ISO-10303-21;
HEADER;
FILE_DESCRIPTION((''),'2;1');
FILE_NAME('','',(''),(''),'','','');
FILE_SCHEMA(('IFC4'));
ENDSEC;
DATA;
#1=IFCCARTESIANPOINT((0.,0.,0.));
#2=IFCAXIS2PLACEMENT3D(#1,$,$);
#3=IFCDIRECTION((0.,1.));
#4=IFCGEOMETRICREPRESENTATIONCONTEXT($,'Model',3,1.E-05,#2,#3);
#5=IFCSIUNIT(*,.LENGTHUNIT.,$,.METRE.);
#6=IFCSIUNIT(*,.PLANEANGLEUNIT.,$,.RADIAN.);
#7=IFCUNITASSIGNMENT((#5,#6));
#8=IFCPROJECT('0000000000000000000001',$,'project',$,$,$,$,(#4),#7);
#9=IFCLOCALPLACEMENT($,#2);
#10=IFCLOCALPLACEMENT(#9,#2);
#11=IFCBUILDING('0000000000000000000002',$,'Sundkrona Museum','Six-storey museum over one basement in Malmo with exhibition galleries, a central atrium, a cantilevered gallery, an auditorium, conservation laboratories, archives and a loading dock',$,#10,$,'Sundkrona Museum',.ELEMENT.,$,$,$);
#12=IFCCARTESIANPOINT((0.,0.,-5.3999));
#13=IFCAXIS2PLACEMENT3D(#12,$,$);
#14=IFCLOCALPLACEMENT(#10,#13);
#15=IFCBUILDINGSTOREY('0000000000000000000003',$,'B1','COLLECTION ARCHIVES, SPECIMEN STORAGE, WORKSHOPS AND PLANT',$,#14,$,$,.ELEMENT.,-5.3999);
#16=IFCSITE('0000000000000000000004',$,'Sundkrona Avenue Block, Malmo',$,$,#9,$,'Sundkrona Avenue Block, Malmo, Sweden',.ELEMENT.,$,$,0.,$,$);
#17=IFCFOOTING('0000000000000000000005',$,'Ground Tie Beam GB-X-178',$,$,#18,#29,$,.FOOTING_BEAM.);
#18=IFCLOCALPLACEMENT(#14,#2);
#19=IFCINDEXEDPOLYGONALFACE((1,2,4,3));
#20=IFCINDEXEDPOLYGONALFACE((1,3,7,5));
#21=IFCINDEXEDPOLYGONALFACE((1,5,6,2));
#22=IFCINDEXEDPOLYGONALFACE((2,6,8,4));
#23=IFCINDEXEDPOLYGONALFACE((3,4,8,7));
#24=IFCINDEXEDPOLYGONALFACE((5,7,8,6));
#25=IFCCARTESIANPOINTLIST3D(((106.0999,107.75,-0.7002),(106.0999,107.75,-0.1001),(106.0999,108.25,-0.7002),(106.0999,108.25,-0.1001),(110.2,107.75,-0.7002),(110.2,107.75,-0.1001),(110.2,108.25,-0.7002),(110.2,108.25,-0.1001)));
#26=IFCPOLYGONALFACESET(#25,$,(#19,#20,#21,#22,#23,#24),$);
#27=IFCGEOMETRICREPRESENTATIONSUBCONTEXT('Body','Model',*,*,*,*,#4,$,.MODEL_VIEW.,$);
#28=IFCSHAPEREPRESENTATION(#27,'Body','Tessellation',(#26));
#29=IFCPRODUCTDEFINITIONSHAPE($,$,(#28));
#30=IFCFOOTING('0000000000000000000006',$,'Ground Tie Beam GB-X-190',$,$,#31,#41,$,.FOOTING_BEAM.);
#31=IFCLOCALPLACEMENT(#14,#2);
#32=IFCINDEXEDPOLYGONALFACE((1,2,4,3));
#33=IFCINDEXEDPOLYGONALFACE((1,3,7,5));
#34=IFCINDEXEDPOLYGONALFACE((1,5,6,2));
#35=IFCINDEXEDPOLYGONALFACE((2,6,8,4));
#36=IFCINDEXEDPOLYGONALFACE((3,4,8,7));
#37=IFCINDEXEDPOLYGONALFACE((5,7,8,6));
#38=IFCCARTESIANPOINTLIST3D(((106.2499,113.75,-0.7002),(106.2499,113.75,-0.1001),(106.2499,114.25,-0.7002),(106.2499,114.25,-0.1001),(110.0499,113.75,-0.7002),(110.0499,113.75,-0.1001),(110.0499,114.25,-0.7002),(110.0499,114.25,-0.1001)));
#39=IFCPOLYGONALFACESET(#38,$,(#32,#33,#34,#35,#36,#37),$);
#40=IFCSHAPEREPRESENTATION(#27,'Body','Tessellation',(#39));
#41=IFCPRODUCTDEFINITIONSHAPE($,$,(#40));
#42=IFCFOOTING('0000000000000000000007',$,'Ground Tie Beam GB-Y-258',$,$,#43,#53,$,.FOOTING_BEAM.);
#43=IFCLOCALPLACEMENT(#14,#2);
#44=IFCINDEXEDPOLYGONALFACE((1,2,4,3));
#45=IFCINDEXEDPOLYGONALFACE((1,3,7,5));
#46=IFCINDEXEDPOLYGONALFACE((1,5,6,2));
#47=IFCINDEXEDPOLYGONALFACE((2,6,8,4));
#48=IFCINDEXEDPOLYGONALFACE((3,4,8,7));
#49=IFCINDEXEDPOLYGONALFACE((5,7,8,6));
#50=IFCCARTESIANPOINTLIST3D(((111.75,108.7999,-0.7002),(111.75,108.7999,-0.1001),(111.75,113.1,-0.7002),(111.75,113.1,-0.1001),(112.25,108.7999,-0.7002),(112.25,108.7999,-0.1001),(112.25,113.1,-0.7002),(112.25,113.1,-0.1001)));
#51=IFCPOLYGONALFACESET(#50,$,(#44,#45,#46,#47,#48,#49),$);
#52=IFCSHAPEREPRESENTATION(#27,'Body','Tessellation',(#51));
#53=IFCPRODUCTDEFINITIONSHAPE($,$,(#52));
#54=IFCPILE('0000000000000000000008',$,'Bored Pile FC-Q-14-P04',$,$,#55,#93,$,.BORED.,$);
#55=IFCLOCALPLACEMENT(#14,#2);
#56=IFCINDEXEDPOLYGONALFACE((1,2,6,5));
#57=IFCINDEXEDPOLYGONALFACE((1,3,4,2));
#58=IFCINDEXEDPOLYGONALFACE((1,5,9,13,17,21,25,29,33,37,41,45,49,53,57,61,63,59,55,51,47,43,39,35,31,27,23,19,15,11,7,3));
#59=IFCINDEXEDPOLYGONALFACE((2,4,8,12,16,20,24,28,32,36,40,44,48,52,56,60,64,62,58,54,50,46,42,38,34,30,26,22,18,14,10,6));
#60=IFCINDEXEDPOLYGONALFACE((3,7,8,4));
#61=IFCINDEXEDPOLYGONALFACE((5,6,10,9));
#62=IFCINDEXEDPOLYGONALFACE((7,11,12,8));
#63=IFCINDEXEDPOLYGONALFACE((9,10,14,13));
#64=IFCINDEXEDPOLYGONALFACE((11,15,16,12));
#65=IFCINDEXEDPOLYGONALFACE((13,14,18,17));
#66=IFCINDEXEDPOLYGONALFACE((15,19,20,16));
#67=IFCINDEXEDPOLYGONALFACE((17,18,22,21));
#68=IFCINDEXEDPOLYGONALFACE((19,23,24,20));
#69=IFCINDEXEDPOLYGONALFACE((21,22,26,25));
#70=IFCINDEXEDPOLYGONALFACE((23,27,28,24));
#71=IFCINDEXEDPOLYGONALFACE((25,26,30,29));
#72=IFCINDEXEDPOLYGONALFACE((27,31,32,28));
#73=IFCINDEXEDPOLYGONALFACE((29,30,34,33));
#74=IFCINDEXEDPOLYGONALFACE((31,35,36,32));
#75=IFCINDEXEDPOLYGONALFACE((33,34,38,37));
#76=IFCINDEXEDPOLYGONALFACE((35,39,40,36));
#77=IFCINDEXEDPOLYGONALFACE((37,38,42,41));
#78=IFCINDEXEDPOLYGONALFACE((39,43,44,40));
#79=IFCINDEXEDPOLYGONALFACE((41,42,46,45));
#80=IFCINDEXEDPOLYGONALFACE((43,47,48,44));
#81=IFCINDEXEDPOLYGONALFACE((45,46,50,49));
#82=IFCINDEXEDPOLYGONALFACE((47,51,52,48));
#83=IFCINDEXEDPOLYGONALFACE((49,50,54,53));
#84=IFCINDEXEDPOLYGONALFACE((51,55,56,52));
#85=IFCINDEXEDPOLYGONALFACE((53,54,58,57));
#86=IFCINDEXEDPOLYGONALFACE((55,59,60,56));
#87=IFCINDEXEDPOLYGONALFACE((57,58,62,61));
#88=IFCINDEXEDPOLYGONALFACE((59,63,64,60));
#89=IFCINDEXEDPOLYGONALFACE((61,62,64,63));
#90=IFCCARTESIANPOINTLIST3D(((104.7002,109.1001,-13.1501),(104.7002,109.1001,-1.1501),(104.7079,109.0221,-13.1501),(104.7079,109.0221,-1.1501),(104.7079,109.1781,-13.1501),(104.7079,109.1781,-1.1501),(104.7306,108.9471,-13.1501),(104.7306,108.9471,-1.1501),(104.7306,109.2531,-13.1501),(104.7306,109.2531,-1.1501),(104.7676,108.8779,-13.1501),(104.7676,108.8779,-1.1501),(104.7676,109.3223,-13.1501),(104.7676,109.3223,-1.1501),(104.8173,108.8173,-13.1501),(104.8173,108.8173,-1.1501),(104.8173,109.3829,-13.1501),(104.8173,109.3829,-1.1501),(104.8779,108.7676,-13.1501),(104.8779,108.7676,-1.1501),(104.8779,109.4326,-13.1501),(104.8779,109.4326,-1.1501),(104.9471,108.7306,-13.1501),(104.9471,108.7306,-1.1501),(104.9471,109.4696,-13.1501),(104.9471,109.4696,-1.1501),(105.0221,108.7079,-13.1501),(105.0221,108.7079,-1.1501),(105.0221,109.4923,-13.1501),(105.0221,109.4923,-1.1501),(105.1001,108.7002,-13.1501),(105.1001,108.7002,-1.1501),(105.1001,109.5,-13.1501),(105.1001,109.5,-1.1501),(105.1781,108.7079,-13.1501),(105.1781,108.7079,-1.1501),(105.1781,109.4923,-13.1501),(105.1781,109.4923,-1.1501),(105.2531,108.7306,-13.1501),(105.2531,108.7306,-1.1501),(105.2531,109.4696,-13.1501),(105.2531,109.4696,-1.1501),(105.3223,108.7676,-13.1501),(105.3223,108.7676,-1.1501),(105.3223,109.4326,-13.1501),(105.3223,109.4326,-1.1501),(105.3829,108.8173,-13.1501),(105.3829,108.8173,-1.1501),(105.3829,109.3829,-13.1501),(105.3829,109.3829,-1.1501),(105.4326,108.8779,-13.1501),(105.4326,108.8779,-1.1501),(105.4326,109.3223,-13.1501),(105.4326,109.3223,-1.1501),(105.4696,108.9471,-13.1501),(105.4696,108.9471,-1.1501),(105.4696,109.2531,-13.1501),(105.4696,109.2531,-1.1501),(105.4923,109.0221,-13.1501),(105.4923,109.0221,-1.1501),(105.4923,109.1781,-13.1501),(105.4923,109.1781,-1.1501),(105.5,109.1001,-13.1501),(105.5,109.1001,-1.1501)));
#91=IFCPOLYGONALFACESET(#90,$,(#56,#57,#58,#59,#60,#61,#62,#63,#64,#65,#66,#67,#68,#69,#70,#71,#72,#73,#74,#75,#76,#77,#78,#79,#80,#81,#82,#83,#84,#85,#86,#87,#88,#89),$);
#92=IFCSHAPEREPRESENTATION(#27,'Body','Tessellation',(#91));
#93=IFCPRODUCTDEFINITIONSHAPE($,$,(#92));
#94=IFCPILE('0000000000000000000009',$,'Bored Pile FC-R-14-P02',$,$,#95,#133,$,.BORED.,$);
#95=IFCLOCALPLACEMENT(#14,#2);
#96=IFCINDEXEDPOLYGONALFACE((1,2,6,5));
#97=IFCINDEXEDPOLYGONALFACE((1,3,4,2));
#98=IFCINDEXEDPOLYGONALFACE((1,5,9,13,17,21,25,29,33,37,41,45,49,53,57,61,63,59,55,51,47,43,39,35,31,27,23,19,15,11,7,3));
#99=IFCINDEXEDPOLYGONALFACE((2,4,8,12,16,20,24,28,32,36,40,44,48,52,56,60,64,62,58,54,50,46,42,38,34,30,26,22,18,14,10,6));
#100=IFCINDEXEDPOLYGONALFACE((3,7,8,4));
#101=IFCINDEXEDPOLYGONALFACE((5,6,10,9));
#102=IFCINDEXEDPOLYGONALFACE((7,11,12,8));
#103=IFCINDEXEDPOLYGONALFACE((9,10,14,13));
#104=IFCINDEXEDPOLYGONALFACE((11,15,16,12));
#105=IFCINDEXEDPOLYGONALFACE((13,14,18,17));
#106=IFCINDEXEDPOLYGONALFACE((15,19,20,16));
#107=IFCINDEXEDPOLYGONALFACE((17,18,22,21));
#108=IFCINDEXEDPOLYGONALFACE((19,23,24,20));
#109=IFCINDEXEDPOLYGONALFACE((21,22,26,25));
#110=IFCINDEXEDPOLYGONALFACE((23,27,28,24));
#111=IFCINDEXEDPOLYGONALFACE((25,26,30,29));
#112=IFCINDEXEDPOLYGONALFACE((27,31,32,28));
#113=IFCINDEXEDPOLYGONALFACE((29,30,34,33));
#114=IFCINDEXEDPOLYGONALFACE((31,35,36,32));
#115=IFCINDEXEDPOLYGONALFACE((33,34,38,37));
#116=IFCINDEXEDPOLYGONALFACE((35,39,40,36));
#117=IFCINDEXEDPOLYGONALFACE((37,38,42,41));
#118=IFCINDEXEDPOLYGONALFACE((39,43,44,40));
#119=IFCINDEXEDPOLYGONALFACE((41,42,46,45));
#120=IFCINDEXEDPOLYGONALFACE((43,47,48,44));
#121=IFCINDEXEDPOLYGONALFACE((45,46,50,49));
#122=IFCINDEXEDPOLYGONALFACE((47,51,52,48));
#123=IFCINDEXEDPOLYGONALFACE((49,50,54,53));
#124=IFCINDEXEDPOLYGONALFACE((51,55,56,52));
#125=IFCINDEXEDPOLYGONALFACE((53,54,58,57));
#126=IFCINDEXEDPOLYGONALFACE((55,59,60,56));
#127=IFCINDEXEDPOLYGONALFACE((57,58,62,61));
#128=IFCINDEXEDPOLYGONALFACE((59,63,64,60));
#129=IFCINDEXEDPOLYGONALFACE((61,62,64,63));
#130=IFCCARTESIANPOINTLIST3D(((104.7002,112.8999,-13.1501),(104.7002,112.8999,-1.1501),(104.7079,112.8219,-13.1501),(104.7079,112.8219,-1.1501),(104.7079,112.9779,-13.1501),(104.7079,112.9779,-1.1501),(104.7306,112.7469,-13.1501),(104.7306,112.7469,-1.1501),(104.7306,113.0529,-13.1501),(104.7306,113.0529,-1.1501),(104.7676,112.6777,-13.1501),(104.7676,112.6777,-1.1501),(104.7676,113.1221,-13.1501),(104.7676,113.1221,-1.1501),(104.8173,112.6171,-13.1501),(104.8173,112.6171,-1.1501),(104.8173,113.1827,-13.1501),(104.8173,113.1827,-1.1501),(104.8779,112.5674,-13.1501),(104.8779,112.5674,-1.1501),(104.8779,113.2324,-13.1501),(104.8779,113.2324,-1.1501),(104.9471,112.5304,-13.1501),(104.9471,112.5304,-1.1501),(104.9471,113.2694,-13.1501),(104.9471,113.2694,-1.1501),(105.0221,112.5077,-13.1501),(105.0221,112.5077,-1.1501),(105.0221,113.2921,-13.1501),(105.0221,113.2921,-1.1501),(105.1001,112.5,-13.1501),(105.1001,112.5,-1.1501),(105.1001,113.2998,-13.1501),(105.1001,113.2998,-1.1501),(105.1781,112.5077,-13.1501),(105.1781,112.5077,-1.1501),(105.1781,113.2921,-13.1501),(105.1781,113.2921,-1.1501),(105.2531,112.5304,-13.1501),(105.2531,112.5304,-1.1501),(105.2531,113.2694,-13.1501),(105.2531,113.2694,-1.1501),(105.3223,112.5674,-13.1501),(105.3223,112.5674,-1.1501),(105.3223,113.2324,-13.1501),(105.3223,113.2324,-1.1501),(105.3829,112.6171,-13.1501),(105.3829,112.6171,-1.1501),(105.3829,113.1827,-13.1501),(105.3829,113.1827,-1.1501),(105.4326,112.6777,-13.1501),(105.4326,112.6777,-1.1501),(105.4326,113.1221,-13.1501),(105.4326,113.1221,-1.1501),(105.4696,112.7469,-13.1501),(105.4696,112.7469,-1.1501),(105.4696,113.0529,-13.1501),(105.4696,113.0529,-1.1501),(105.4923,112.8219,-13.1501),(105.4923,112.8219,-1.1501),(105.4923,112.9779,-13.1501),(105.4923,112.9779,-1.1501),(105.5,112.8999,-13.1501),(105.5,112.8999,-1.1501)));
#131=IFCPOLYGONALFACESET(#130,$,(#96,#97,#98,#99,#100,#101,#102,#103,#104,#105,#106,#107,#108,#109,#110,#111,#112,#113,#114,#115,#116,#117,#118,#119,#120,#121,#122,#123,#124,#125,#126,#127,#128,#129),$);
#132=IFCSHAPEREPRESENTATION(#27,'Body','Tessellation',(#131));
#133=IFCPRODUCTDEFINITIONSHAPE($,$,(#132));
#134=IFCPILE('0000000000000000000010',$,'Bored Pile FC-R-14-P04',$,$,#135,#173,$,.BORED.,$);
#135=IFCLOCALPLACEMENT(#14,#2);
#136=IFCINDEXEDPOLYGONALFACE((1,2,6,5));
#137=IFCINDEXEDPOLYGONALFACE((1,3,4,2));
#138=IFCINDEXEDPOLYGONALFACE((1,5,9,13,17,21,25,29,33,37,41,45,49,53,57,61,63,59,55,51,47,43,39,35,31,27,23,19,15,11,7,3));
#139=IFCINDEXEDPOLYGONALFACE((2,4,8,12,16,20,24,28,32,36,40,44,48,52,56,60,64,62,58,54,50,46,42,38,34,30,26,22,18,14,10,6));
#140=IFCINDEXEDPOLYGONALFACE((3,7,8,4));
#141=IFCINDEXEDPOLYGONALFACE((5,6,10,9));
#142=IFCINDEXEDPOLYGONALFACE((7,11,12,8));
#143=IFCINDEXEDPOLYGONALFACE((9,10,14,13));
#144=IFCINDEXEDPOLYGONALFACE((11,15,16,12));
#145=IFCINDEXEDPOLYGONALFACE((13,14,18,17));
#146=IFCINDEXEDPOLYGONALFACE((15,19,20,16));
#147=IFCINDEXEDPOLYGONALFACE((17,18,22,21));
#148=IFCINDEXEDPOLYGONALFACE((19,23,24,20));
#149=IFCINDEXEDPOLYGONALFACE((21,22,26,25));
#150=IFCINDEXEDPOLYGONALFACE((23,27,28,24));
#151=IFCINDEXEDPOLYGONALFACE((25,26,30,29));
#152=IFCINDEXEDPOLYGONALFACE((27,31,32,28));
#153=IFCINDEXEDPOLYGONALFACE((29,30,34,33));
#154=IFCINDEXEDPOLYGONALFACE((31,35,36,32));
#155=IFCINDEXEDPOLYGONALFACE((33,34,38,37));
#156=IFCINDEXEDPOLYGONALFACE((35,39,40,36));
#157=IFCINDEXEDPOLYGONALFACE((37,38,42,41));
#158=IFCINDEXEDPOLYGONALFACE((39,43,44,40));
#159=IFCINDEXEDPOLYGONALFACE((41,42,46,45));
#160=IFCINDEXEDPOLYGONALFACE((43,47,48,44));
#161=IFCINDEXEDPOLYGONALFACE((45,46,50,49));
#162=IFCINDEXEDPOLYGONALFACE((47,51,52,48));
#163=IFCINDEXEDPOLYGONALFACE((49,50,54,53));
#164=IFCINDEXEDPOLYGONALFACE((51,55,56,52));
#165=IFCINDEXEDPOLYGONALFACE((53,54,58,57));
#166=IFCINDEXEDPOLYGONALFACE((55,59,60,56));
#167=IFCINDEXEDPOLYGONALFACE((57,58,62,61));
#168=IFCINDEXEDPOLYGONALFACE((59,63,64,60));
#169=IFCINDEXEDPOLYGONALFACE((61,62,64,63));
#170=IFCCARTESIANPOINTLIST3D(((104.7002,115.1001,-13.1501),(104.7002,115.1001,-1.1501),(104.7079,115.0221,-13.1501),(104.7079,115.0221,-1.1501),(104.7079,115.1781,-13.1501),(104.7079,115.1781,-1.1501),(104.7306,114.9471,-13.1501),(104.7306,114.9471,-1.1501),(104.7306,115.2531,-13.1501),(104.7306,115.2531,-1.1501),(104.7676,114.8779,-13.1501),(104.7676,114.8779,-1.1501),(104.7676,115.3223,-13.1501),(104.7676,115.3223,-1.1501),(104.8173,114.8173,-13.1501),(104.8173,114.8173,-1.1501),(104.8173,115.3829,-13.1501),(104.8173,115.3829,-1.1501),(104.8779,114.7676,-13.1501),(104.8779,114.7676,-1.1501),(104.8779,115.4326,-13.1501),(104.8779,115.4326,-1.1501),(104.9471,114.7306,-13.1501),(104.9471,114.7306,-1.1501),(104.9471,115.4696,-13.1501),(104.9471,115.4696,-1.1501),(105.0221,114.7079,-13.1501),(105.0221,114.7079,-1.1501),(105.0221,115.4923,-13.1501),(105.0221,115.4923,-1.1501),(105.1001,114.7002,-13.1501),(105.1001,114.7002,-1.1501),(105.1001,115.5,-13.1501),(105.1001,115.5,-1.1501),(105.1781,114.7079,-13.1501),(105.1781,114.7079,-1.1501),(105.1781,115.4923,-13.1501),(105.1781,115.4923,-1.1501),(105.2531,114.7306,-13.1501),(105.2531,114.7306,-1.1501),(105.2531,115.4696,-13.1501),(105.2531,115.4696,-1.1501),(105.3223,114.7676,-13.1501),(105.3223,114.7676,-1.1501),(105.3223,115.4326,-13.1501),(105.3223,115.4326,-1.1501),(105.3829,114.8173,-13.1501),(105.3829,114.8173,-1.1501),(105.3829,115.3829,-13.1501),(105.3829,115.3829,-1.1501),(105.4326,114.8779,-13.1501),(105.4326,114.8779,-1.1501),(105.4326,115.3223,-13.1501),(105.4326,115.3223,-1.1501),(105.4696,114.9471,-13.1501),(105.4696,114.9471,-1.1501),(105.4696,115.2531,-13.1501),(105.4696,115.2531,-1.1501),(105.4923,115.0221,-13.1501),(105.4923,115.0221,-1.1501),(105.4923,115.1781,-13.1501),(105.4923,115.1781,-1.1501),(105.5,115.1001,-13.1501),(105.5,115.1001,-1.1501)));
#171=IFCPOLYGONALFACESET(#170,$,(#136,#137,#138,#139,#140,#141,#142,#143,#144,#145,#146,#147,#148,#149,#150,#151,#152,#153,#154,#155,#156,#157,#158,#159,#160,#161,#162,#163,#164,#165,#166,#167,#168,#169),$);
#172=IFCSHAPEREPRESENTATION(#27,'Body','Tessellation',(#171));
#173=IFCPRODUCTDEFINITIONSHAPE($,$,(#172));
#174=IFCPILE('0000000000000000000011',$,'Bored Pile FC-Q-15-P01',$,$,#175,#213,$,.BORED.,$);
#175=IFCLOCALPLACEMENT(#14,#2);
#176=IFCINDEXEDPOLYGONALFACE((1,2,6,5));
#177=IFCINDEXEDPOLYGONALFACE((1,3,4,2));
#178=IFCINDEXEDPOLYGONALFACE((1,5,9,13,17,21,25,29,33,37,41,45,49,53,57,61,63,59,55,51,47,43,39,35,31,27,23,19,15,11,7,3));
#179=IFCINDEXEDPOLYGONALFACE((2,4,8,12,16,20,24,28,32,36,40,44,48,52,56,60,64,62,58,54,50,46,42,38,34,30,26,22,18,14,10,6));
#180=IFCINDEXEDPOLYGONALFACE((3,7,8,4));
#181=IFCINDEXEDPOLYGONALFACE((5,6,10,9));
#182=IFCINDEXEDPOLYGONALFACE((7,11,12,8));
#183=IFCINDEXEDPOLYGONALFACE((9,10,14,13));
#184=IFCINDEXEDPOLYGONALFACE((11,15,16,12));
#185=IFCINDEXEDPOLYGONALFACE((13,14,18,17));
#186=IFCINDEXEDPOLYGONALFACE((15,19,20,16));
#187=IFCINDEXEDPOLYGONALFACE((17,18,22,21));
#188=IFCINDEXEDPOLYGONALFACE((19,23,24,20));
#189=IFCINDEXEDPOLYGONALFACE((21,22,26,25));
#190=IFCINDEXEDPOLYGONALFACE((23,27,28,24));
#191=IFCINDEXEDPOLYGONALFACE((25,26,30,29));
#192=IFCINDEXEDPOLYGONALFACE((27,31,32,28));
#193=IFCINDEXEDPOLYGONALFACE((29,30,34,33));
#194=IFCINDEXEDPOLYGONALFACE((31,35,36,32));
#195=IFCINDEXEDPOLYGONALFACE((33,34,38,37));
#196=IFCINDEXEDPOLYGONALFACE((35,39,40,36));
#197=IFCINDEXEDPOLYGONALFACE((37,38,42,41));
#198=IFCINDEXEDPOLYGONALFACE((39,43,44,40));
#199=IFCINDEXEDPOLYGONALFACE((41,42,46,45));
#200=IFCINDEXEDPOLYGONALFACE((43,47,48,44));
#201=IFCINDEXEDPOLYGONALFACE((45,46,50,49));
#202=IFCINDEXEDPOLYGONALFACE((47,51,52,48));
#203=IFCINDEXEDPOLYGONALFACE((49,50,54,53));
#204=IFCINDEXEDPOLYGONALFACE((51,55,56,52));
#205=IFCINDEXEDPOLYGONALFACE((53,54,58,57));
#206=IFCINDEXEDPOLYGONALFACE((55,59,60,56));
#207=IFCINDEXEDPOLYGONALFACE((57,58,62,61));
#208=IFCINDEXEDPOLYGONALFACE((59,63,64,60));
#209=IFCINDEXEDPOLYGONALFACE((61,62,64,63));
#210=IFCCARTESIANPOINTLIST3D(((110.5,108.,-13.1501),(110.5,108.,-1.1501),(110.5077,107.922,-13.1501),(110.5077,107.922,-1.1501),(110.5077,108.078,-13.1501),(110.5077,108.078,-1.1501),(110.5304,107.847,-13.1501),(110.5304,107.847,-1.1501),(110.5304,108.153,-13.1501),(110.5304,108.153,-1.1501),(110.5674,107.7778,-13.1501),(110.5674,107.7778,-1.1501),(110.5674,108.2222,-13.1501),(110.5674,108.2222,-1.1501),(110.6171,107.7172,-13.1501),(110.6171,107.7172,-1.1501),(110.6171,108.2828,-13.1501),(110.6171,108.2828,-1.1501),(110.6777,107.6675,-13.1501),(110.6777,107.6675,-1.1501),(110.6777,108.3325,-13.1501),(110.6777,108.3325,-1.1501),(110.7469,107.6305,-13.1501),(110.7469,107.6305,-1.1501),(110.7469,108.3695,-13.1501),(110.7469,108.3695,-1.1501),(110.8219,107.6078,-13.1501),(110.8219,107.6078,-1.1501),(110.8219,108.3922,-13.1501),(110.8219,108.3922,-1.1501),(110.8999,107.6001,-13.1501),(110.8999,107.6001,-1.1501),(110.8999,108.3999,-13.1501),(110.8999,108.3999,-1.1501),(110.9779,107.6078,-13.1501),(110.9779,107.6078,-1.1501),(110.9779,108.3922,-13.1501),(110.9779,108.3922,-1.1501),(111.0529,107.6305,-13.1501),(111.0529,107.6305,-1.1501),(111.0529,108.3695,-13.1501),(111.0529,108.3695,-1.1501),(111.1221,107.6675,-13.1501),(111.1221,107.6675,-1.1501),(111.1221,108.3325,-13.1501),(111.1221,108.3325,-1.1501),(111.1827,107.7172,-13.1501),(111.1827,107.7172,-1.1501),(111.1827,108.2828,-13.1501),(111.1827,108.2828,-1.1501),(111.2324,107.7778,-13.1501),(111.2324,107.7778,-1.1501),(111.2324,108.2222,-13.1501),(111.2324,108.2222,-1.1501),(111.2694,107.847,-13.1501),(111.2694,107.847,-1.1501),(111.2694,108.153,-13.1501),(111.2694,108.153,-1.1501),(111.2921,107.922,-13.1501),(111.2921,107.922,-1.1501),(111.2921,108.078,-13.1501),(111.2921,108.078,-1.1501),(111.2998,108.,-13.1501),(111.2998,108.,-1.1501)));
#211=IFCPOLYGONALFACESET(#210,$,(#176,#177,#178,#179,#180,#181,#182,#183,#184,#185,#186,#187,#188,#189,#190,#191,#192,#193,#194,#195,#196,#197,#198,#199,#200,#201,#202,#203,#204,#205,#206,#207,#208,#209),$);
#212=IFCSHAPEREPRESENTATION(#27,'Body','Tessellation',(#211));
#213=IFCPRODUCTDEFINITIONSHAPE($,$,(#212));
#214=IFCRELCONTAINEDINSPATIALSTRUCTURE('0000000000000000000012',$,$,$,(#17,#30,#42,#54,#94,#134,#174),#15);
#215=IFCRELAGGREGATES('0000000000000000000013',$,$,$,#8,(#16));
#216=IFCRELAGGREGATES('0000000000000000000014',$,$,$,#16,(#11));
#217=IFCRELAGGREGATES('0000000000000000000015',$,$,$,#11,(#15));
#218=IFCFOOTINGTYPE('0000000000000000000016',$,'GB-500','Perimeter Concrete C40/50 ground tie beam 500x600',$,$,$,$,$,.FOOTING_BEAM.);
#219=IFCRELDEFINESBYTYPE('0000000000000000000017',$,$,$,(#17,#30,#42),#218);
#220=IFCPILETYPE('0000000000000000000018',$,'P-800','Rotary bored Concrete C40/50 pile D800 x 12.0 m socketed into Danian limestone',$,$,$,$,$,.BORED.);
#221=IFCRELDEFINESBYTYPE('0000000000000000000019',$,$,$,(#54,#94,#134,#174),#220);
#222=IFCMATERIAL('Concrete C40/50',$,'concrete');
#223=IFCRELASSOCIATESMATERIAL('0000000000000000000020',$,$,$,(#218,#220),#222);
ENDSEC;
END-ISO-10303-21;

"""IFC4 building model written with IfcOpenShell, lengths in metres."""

from ifc_helpers import new_model, si_unit, direction, frame, origin, origin_2d, place, context, subcontext, project, spatial, rectangle, circle, extrude, material, material_profile, profile_set, type_object, element, save


model = new_model("IFC4")

# Units and contexts
model_context = context("Model", 3, precision=1e-05, world=origin(), true_north=direction((0.0, 1.0)))
body_context = subcontext(model_context, "Body", "Model", "MODEL_VIEW")
ifc_project = project(units=[si_unit("LENGTHUNIT", "METRE"), si_unit("PLANEANGLEUNIT", "RADIAN")], contexts=[model_context])

# Site, building, storey
site_placement = place(None, origin())
site = spatial("IfcSite", under=ifc_project, at=site_placement, Name="Sundkrona Avenue Block, Malmo", LongName="Sundkrona Avenue Block, Malmo, Sweden", CompositionType="ELEMENT", RefElevation=0.0)
building_placement = place(site_placement, origin())
building = spatial("IfcBuilding", under=site, at=building_placement, Name="Sundkrona Museum", Description="Six-storey museum over one basement in Malmo with exhibition galleries, a central atrium, a cantilevered gallery, an auditorium, conservation laboratories, archives and a loading dock", LongName="Sundkrona Museum", CompositionType="ELEMENT")
storey_placement = place(building_placement, frame((0.0, 0.0, -5.3999)))
storey = spatial("IfcBuildingStorey", under=building, at=storey_placement, Name="B1", Description="COLLECTION ARCHIVES, SPECIMEN STORAGE, WORKSHOPS AND PLANT", CompositionType="ELEMENT", Elevation=-5.3999)

# Footings
ifc_material_1 = material(Name="Concrete C40/50", Category="concrete")
footing_type_1 = type_object("IfcFootingType", Name="GB-500", Description="Perimeter Concrete C40/50 ground tie beam 500x600", PredefinedType="FOOTING_BEAM", material=ifc_material_1)
footing_1_placement = place(storey_placement, frame((108.1499, 108.0, -0.7002), z_axis=(0.0, 0.0, 1.0), x_axis=(1.0, 0.0, 0.0)))
element("IfcFooting", 1, at=footing_1_placement, inside=storey, type_object=footing_type_1, Name="Ground Tie Beam GB-X-178", PredefinedType="FOOTING_BEAM", context=body_context, shape_type="SweptSolid", body=[
    extrude(rectangle(XDim=4.1001, YDim=0.5, at=origin_2d()), origin(), (0.0, 0.0, 1.0), 0.6001),
])
footing_2_placement = place(storey_placement, frame((108.1499, 114.0, -0.7002), z_axis=(0.0, 0.0, 1.0), x_axis=(1.0, 0.0, 0.0)))
element("IfcFooting", 2, at=footing_2_placement, inside=storey, type_object=footing_type_1, Name="Ground Tie Beam GB-X-190", PredefinedType="FOOTING_BEAM", context=body_context, shape_type="SweptSolid", body=[
    extrude(rectangle(XDim=3.8, YDim=0.5, at=origin_2d()), origin(), (0.0, 0.0, 1.0), 0.6001),
])
footing_3_placement = place(storey_placement, frame((112.0, 110.95, -0.7002), z_axis=(0.0, 0.0, 1.0), x_axis=(0.0, 1.0, 0.0)))
element("IfcFooting", 3, at=footing_3_placement, inside=storey, type_object=footing_type_1, Name="Ground Tie Beam GB-Y-258", PredefinedType="FOOTING_BEAM", context=body_context, shape_type="SweptSolid", body=[
    extrude(rectangle(XDim=4.3, YDim=0.5, at=origin_2d()), origin(), (0.0, 0.0, 1.0), 0.6001),
])

# Piles
ifc_material_profile_1 = material_profile(ifc_material_1, circle(Radius=0.3999, at=origin_2d()), Name="PILE D800")
ifc_profile_set_1 = profile_set([ifc_material_profile_1], Name="Concrete C40/50")
pile_type = type_object("IfcPileType", Name="P-800", Description="Rotary bored Concrete C40/50 pile D800 x 12.0 m socketed into Danian limestone", PredefinedType="BORED", material=ifc_profile_set_1)
for number, where, z_axis, x_axis, name in (
    (4, (105.1001, 109.1001, -1.1501), (0.0, 0.0, -1.0), (1.0, 0.0, 0.0), "Bored Pile FC-Q-14-P04"),
    (5, (105.1001, 112.8999, -1.1501), (0.0, 0.0, -1.0), (1.0, 0.0, 0.0), "Bored Pile FC-R-14-P02"),
    (6, (105.1001, 115.1001, -1.1501), (0.0, 0.0, -1.0), (1.0, 0.0, 0.0), "Bored Pile FC-R-14-P04"),
    (7, (110.8999, 108.0, -1.1501), (0.0, 0.0, -1.0), (1.0, 0.0, 0.0), "Bored Pile FC-Q-15-P01"),
):
    element("IfcPile", number, at=place(storey_placement, frame(where, z_axis=z_axis, x_axis=x_axis)), inside=storey, type_object=pile_type, Name=name, PredefinedType="BORED", context=body_context, shape_type="SweptSolid", body=[
        extrude(circle(Radius=0.3999, at=origin_2d()), origin(), (0.0, 0.0, 1.0), 12.0),
    ])

save(model, "model.ifc")
